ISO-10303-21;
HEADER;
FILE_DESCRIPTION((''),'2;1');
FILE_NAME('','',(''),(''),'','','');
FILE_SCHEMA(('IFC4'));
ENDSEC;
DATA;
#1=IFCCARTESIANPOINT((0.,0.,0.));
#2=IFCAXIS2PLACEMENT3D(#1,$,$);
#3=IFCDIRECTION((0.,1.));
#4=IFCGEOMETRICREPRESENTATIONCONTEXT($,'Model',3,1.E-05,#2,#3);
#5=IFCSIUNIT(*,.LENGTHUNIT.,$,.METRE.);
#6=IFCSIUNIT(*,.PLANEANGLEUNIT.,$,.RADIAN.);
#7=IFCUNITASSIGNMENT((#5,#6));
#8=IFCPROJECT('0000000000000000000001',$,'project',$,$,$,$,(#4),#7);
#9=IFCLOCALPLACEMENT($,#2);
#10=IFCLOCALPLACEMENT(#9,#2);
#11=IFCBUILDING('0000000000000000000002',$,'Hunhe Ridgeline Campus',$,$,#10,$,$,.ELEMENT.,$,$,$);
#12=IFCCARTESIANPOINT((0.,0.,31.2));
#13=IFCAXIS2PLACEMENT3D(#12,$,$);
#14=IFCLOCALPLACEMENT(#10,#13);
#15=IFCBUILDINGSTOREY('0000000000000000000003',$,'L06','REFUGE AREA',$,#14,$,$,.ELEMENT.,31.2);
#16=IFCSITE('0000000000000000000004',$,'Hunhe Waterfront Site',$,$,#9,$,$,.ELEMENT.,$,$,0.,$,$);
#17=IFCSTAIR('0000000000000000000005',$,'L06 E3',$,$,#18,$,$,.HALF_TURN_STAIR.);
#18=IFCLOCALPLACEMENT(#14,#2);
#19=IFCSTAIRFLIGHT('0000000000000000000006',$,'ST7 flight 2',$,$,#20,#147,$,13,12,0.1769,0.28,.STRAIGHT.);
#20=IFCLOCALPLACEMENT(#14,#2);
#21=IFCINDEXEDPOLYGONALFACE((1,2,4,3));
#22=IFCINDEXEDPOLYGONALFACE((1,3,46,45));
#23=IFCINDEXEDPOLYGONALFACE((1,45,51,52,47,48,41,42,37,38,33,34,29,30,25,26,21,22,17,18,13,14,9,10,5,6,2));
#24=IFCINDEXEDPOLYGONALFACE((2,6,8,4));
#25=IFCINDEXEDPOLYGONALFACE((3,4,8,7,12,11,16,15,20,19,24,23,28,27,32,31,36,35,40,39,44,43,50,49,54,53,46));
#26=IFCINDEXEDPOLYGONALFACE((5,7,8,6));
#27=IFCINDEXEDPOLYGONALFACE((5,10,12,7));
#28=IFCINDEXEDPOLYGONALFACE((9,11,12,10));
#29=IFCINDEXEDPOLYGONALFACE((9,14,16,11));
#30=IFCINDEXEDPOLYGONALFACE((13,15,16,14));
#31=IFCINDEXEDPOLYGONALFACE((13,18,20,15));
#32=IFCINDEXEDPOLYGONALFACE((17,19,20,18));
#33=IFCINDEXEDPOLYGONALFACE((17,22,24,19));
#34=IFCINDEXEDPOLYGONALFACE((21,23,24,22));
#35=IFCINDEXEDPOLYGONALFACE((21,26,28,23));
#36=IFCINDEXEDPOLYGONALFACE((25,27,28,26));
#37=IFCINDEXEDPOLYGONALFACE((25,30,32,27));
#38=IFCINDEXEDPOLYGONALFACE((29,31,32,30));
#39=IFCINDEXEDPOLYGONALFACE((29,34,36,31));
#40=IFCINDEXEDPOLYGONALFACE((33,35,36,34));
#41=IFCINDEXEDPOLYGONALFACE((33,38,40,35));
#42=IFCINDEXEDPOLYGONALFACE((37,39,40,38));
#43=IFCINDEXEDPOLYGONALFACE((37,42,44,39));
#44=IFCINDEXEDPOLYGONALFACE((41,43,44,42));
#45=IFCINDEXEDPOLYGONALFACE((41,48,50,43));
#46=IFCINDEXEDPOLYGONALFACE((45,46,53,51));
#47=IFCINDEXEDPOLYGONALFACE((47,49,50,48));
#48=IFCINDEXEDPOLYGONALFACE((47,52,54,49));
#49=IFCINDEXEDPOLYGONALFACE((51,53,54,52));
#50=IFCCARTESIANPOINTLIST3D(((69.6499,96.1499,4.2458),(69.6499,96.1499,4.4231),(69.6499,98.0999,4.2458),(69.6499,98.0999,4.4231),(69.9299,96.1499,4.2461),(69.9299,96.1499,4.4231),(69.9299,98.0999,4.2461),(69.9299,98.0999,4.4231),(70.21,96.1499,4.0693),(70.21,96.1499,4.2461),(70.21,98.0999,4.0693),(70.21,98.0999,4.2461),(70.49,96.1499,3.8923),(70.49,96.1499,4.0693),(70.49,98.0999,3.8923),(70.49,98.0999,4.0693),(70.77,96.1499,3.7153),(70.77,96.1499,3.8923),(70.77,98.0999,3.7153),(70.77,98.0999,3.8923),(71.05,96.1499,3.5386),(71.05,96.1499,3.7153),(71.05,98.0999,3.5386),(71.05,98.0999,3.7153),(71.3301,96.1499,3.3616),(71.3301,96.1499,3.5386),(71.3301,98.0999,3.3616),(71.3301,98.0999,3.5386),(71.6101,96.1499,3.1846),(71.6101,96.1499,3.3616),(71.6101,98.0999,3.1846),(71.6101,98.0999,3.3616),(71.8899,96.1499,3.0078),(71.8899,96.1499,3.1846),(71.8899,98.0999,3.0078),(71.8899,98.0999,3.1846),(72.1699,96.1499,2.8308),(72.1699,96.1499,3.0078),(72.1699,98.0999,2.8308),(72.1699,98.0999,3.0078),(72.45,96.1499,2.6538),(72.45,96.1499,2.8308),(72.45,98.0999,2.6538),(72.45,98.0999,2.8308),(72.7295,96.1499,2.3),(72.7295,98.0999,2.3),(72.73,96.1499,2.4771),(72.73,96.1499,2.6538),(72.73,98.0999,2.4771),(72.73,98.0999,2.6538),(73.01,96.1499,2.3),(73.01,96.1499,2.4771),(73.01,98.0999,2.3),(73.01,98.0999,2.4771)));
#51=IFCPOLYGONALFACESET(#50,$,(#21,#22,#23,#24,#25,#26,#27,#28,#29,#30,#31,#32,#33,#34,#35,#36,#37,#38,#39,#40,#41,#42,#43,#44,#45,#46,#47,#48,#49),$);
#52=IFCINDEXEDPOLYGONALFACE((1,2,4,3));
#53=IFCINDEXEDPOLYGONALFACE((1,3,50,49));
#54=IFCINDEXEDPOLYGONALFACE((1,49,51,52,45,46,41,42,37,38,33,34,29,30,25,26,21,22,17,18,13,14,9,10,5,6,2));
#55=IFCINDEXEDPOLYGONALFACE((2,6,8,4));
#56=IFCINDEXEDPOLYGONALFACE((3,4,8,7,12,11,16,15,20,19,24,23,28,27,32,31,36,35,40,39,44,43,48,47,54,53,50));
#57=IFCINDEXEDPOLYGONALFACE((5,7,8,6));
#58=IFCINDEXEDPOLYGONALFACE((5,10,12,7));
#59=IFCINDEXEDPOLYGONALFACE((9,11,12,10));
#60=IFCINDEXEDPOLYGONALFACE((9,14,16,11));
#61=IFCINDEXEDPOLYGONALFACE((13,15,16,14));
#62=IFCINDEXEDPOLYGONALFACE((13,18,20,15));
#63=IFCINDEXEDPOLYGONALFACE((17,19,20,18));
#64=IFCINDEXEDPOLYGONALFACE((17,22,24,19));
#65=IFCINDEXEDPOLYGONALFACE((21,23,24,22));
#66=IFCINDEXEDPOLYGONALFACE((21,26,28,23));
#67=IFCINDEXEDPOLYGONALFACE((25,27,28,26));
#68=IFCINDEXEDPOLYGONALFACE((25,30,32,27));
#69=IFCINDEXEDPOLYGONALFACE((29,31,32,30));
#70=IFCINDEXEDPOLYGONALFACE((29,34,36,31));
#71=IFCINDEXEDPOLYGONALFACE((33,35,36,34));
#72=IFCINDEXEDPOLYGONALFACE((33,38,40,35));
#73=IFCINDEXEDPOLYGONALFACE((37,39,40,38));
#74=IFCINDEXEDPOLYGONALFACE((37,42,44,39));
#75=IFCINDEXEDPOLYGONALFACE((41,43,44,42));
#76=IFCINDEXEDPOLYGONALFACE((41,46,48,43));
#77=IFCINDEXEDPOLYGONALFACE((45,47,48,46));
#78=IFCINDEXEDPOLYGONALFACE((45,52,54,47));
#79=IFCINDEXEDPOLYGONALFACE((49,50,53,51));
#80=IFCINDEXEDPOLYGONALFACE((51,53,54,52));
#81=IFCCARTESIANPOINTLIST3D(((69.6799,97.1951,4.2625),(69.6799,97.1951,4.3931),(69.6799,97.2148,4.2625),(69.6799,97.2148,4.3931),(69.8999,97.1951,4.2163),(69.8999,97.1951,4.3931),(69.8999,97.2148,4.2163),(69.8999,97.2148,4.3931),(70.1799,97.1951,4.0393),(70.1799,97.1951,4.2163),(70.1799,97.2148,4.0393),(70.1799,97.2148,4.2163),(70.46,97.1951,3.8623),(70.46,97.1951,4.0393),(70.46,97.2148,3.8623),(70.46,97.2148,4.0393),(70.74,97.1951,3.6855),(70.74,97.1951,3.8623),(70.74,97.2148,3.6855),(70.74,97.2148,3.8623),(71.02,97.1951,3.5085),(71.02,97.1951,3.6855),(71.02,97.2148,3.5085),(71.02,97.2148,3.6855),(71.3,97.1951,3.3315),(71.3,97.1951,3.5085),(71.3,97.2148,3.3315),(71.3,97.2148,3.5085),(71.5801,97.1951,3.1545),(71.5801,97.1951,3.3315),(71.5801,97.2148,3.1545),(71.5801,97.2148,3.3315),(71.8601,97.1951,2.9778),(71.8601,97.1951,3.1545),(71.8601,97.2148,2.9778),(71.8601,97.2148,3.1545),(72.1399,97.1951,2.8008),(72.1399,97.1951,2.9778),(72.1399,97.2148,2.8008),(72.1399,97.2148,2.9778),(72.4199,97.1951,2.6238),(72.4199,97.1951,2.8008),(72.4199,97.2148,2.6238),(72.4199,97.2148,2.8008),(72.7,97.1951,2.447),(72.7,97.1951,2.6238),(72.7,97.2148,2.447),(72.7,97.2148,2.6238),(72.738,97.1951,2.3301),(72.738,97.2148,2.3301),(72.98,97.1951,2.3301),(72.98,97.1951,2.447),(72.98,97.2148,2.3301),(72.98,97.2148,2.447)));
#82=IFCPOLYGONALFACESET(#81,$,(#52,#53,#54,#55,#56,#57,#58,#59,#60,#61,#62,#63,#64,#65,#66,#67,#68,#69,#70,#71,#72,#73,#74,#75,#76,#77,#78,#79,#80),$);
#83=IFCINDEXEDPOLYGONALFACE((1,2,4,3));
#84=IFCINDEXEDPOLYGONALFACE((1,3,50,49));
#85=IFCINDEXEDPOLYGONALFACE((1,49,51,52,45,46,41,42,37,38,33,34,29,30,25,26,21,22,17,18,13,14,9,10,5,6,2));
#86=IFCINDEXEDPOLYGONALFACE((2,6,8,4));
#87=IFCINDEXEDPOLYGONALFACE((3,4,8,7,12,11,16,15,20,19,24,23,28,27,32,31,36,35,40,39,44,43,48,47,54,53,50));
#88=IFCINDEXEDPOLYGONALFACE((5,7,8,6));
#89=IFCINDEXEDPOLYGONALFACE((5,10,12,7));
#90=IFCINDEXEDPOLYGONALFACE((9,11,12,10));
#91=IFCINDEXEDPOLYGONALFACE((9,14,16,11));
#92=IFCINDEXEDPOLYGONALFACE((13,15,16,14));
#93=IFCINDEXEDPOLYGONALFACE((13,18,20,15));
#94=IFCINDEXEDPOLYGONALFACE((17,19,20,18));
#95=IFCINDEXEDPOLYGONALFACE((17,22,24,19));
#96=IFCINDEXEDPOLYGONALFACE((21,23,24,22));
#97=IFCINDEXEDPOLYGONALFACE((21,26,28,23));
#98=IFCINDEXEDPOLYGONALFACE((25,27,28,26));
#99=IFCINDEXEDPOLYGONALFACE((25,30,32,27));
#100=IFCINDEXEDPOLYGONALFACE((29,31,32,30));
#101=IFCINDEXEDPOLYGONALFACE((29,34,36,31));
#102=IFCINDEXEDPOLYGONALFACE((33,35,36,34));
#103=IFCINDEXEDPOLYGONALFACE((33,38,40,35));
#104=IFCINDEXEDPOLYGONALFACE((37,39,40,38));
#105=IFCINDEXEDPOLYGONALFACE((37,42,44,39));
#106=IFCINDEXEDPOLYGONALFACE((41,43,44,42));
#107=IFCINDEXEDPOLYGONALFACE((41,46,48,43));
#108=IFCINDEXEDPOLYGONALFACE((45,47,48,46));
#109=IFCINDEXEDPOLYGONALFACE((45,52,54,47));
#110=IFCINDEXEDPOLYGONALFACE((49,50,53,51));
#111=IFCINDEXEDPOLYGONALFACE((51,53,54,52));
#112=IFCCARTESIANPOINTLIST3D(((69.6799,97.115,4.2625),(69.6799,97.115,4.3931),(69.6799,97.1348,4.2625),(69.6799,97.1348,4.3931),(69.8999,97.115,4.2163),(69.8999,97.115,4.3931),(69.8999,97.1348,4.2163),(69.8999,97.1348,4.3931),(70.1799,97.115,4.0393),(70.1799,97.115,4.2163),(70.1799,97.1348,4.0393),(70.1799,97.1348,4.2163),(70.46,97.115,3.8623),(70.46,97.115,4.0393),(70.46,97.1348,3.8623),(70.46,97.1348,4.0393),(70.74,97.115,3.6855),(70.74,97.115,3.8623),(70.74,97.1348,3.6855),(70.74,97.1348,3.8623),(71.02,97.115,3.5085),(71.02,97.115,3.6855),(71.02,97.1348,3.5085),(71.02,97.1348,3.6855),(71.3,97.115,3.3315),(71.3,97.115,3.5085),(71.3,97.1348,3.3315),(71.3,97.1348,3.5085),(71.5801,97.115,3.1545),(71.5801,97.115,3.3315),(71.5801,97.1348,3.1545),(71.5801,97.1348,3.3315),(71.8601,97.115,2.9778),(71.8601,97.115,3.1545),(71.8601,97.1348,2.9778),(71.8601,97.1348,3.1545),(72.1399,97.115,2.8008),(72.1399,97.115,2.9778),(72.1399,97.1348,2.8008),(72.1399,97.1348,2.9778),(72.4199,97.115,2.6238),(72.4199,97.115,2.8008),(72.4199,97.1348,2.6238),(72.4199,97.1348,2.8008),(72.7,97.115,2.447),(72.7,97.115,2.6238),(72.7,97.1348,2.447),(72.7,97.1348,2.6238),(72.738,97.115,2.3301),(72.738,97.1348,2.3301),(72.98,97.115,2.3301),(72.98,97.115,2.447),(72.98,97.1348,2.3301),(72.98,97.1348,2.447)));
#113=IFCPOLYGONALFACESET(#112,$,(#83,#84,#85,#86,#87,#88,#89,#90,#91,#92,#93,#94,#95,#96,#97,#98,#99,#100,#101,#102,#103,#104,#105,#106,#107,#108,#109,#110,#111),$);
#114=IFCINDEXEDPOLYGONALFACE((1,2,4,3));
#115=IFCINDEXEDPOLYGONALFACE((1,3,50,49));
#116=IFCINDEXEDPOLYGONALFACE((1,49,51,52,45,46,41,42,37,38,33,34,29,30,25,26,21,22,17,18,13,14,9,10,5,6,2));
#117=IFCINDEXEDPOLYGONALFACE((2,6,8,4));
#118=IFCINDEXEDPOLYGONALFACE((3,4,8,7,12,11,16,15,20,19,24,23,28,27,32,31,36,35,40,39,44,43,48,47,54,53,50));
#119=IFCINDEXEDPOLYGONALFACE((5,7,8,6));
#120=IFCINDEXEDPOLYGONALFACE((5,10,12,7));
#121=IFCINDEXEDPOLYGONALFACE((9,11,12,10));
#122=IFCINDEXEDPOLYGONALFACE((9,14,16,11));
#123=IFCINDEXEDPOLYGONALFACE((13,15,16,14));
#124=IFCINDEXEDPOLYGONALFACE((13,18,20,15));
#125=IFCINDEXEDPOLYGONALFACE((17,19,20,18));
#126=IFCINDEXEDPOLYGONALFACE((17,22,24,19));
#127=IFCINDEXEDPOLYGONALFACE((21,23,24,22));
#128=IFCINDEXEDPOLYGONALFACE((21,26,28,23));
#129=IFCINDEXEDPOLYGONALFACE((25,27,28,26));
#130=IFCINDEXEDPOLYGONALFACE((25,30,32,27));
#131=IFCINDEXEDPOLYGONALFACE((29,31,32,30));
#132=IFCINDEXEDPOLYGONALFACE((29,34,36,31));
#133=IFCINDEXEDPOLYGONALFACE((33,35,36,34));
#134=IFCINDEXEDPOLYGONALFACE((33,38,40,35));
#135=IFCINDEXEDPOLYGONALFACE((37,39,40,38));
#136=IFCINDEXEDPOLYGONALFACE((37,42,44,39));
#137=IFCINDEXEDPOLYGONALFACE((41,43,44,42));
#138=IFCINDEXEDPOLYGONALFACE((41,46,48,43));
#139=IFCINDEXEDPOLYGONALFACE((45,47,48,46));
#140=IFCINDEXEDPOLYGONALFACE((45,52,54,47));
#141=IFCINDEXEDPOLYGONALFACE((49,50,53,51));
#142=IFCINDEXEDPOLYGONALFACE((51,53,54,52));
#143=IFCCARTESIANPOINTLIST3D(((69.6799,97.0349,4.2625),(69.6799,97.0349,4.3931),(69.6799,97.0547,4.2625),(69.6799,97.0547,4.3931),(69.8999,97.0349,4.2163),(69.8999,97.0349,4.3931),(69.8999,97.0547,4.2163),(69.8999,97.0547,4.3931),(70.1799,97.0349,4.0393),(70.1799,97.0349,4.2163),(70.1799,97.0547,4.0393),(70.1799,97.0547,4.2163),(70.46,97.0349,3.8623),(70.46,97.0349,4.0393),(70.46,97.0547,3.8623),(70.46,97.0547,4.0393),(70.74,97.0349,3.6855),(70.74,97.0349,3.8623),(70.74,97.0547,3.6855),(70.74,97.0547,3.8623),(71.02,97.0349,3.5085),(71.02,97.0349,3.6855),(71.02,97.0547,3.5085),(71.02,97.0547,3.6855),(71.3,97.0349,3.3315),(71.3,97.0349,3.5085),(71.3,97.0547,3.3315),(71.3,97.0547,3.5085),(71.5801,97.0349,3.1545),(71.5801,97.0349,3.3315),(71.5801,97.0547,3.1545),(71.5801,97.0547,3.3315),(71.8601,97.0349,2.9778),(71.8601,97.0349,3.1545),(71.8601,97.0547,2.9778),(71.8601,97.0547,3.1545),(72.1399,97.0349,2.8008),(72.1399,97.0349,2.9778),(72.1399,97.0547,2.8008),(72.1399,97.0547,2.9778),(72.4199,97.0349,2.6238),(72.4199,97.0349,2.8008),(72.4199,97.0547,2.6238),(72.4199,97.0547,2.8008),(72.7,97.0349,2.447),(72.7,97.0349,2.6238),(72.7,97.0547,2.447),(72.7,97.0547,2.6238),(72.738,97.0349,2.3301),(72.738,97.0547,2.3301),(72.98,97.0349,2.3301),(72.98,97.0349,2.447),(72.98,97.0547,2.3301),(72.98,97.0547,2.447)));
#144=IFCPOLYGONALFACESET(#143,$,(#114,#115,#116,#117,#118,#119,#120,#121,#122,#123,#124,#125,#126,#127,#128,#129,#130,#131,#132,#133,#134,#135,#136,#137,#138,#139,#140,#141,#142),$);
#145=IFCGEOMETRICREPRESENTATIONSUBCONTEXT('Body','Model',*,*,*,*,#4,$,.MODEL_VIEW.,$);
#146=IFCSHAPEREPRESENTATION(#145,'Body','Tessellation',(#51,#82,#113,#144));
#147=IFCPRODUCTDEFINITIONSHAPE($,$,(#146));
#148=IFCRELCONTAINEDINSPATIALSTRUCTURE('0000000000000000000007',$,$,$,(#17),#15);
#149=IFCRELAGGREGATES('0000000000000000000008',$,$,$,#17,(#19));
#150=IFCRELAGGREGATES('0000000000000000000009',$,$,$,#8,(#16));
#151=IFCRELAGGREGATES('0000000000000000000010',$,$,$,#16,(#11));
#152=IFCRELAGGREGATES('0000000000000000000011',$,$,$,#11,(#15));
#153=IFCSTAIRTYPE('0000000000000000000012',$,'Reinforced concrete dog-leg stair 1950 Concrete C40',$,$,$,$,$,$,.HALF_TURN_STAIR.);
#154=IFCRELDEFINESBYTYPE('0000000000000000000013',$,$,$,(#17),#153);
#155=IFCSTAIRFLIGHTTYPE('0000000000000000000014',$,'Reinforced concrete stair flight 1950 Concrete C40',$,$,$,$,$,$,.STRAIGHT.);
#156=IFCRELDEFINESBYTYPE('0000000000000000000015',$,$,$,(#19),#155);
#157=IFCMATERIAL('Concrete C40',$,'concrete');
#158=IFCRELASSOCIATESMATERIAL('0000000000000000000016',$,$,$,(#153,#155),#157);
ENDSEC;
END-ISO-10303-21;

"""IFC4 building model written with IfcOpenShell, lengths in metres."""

from ifc_helpers import new_model, si_unit, direction, frame, origin, place, context, subcontext, project, spatial, polyline, outline, extrude, material, type_object, element, aggregate, save


model = new_model("IFC4")

# Units and contexts
model_context = context("Model", 3, precision=1e-05, world=origin(), true_north=direction((0.0, 1.0)))
body_context = subcontext(model_context, "Body", "Model", "MODEL_VIEW")
ifc_project = project(units=[si_unit("LENGTHUNIT", "METRE"), si_unit("PLANEANGLEUNIT", "RADIAN")], contexts=[model_context])

# Site, building, storey
site_placement = place(None, origin())
site = spatial("IfcSite", under=ifc_project, at=site_placement, Name="Hunhe Waterfront Site", CompositionType="ELEMENT", RefElevation=0.0)
building_placement = place(site_placement, origin())
building = spatial("IfcBuilding", under=site, at=building_placement, Name="Hunhe Ridgeline Campus", CompositionType="ELEMENT")
storey_placement = place(building_placement, frame((0.0, 0.0, 31.2)))
storey = spatial("IfcBuildingStorey", under=building, at=storey_placement, Name="L06", Description="REFUGE AREA", CompositionType="ELEMENT", Elevation=31.2)

# Stair, stair flight
ifc_material_1 = material(Name="Concrete C40", Category="concrete")
stair_type = type_object("IfcStairType", Name="Reinforced concrete dog-leg stair 1950 Concrete C40", PredefinedType="HALF_TURN_STAIR", material=ifc_material_1)
stair_placement = place(storey_placement, origin())
stair = element("IfcStair", 1, at=stair_placement, inside=storey, type_object=stair_type, Name="L06 E3", PredefinedType="HALF_TURN_STAIR")
stair_flight_type = type_object("IfcStairFlightType", Name="Reinforced concrete stair flight 1950 Concrete C40", PredefinedType="STRAIGHT", material=ifc_material_1)
stair_flight_1_placement = place(storey_placement, frame((73.01, 97.125, 2.3), z_axis=(0.0, 0.0, 1.0), x_axis=(-1.0, 0.0, 0.0)))
stair_flight_1 = element("IfcStairFlight", 2, at=stair_flight_1_placement, type_object=stair_flight_type, Name="ST7 flight 2", NumberOfRisers=13, NumberOfTreads=12, PredefinedType="STRAIGHT", RiserHeight=0.1769, TreadLength=0.28, context=body_context, shape_type="SweptSolid", body=[
    extrude(outline(polyline([(0.0, 0.0), (0.0, 0.177), (0.28, 0.177), (0.28, 0.3538), (0.5601, 0.3538), (0.5601, 0.5308), (0.8401, 0.5308), (0.8401, 0.7078), (1.1201, 0.7078), (1.1201, 0.8845), (1.3999, 0.8845), (1.3999, 1.0615), (1.6799, 1.0615), (1.6799, 1.2385), (1.96, 1.2385), (1.96, 1.4153), (2.24, 1.4153), (2.24, 1.5923), (2.52, 1.5923), (2.52, 1.7693), (2.8, 1.7693), (2.8, 1.946), (3.0801, 1.946), (3.0801, 2.123), (3.3601, 2.123), (3.3601, 2.3), (3.3601, 1.9458), (0.2805, 0.0), (0.0, 0.0)])), frame((0.0, 0.9751, 0.0), z_axis=(0.0, -1.0, 0.0), x_axis=(1.0, 0.0, 0.0)), (0.0, 0.0, 1.0), 1.95),
    extrude(outline(polyline([(0.03, 0.03), (0.03, 0.147), (0.3101, 0.147), (0.3101, 0.3237), (0.5901, 0.3237), (0.5901, 0.5007), (0.8701, 0.5007), (0.8701, 0.6777), (1.1499, 0.6777), (1.1499, 0.8545), (1.4299, 0.8545), (1.4299, 1.0315), (1.71, 1.0315), (1.71, 1.2085), (1.99, 1.2085), (1.99, 1.3855), (2.27, 1.3855), (2.27, 1.5623), (2.55, 1.5623), (2.55, 1.7393), (2.8301, 1.7393), (2.8301, 1.9163), (3.1101, 1.9163), (3.1101, 2.093), (3.3301, 2.093), (3.3301, 1.9624), (0.272, 0.03), (0.03, 0.03)])), frame((0.0, -0.0701, 0.0), z_axis=(0.0, -1.0, 0.0), x_axis=(1.0, 0.0, 0.0)), (0.0, 0.0, 1.0), 0.0198),
    extrude(outline(polyline([(0.03, 0.03), (0.03, 0.147), (0.3101, 0.147), (0.3101, 0.3237), (0.5901, 0.3237), (0.5901, 0.5007), (0.8701, 0.5007), (0.8701, 0.6777), (1.1499, 0.6777), (1.1499, 0.8545), (1.4299, 0.8545), (1.4299, 1.0315), (1.71, 1.0315), (1.71, 1.2085), (1.99, 1.2085), (1.99, 1.3855), (2.27, 1.3855), (2.27, 1.5623), (2.55, 1.5623), (2.55, 1.7393), (2.8301, 1.7393), (2.8301, 1.9163), (3.1101, 1.9163), (3.1101, 2.093), (3.3301, 2.093), (3.3301, 1.9624), (0.272, 0.03), (0.03, 0.03)])), frame((0.0, 0.01, 0.0), z_axis=(0.0, -1.0, 0.0), x_axis=(1.0, 0.0, 0.0)), (0.0, 0.0, 1.0), 0.0198),
    extrude(outline(polyline([(0.03, 0.03), (0.03, 0.147), (0.3101, 0.147), (0.3101, 0.3237), (0.5901, 0.3237), (0.5901, 0.5007), (0.8701, 0.5007), (0.8701, 0.6777), (1.1499, 0.6777), (1.1499, 0.8545), (1.4299, 0.8545), (1.4299, 1.0315), (1.71, 1.0315), (1.71, 1.2085), (1.99, 1.2085), (1.99, 1.3855), (2.27, 1.3855), (2.27, 1.5623), (2.55, 1.5623), (2.55, 1.7393), (2.8301, 1.7393), (2.8301, 1.9163), (3.1101, 1.9163), (3.1101, 2.093), (3.3301, 2.093), (3.3301, 1.9624), (0.272, 0.03), (0.03, 0.03)])), frame((0.0, 0.0901, 0.0), z_axis=(0.0, -1.0, 0.0), x_axis=(1.0, 0.0, 0.0)), (0.0, 0.0, 1.0), 0.0198),
])
aggregate(stair, [stair_flight_1])

save(model, "model.ifc")
